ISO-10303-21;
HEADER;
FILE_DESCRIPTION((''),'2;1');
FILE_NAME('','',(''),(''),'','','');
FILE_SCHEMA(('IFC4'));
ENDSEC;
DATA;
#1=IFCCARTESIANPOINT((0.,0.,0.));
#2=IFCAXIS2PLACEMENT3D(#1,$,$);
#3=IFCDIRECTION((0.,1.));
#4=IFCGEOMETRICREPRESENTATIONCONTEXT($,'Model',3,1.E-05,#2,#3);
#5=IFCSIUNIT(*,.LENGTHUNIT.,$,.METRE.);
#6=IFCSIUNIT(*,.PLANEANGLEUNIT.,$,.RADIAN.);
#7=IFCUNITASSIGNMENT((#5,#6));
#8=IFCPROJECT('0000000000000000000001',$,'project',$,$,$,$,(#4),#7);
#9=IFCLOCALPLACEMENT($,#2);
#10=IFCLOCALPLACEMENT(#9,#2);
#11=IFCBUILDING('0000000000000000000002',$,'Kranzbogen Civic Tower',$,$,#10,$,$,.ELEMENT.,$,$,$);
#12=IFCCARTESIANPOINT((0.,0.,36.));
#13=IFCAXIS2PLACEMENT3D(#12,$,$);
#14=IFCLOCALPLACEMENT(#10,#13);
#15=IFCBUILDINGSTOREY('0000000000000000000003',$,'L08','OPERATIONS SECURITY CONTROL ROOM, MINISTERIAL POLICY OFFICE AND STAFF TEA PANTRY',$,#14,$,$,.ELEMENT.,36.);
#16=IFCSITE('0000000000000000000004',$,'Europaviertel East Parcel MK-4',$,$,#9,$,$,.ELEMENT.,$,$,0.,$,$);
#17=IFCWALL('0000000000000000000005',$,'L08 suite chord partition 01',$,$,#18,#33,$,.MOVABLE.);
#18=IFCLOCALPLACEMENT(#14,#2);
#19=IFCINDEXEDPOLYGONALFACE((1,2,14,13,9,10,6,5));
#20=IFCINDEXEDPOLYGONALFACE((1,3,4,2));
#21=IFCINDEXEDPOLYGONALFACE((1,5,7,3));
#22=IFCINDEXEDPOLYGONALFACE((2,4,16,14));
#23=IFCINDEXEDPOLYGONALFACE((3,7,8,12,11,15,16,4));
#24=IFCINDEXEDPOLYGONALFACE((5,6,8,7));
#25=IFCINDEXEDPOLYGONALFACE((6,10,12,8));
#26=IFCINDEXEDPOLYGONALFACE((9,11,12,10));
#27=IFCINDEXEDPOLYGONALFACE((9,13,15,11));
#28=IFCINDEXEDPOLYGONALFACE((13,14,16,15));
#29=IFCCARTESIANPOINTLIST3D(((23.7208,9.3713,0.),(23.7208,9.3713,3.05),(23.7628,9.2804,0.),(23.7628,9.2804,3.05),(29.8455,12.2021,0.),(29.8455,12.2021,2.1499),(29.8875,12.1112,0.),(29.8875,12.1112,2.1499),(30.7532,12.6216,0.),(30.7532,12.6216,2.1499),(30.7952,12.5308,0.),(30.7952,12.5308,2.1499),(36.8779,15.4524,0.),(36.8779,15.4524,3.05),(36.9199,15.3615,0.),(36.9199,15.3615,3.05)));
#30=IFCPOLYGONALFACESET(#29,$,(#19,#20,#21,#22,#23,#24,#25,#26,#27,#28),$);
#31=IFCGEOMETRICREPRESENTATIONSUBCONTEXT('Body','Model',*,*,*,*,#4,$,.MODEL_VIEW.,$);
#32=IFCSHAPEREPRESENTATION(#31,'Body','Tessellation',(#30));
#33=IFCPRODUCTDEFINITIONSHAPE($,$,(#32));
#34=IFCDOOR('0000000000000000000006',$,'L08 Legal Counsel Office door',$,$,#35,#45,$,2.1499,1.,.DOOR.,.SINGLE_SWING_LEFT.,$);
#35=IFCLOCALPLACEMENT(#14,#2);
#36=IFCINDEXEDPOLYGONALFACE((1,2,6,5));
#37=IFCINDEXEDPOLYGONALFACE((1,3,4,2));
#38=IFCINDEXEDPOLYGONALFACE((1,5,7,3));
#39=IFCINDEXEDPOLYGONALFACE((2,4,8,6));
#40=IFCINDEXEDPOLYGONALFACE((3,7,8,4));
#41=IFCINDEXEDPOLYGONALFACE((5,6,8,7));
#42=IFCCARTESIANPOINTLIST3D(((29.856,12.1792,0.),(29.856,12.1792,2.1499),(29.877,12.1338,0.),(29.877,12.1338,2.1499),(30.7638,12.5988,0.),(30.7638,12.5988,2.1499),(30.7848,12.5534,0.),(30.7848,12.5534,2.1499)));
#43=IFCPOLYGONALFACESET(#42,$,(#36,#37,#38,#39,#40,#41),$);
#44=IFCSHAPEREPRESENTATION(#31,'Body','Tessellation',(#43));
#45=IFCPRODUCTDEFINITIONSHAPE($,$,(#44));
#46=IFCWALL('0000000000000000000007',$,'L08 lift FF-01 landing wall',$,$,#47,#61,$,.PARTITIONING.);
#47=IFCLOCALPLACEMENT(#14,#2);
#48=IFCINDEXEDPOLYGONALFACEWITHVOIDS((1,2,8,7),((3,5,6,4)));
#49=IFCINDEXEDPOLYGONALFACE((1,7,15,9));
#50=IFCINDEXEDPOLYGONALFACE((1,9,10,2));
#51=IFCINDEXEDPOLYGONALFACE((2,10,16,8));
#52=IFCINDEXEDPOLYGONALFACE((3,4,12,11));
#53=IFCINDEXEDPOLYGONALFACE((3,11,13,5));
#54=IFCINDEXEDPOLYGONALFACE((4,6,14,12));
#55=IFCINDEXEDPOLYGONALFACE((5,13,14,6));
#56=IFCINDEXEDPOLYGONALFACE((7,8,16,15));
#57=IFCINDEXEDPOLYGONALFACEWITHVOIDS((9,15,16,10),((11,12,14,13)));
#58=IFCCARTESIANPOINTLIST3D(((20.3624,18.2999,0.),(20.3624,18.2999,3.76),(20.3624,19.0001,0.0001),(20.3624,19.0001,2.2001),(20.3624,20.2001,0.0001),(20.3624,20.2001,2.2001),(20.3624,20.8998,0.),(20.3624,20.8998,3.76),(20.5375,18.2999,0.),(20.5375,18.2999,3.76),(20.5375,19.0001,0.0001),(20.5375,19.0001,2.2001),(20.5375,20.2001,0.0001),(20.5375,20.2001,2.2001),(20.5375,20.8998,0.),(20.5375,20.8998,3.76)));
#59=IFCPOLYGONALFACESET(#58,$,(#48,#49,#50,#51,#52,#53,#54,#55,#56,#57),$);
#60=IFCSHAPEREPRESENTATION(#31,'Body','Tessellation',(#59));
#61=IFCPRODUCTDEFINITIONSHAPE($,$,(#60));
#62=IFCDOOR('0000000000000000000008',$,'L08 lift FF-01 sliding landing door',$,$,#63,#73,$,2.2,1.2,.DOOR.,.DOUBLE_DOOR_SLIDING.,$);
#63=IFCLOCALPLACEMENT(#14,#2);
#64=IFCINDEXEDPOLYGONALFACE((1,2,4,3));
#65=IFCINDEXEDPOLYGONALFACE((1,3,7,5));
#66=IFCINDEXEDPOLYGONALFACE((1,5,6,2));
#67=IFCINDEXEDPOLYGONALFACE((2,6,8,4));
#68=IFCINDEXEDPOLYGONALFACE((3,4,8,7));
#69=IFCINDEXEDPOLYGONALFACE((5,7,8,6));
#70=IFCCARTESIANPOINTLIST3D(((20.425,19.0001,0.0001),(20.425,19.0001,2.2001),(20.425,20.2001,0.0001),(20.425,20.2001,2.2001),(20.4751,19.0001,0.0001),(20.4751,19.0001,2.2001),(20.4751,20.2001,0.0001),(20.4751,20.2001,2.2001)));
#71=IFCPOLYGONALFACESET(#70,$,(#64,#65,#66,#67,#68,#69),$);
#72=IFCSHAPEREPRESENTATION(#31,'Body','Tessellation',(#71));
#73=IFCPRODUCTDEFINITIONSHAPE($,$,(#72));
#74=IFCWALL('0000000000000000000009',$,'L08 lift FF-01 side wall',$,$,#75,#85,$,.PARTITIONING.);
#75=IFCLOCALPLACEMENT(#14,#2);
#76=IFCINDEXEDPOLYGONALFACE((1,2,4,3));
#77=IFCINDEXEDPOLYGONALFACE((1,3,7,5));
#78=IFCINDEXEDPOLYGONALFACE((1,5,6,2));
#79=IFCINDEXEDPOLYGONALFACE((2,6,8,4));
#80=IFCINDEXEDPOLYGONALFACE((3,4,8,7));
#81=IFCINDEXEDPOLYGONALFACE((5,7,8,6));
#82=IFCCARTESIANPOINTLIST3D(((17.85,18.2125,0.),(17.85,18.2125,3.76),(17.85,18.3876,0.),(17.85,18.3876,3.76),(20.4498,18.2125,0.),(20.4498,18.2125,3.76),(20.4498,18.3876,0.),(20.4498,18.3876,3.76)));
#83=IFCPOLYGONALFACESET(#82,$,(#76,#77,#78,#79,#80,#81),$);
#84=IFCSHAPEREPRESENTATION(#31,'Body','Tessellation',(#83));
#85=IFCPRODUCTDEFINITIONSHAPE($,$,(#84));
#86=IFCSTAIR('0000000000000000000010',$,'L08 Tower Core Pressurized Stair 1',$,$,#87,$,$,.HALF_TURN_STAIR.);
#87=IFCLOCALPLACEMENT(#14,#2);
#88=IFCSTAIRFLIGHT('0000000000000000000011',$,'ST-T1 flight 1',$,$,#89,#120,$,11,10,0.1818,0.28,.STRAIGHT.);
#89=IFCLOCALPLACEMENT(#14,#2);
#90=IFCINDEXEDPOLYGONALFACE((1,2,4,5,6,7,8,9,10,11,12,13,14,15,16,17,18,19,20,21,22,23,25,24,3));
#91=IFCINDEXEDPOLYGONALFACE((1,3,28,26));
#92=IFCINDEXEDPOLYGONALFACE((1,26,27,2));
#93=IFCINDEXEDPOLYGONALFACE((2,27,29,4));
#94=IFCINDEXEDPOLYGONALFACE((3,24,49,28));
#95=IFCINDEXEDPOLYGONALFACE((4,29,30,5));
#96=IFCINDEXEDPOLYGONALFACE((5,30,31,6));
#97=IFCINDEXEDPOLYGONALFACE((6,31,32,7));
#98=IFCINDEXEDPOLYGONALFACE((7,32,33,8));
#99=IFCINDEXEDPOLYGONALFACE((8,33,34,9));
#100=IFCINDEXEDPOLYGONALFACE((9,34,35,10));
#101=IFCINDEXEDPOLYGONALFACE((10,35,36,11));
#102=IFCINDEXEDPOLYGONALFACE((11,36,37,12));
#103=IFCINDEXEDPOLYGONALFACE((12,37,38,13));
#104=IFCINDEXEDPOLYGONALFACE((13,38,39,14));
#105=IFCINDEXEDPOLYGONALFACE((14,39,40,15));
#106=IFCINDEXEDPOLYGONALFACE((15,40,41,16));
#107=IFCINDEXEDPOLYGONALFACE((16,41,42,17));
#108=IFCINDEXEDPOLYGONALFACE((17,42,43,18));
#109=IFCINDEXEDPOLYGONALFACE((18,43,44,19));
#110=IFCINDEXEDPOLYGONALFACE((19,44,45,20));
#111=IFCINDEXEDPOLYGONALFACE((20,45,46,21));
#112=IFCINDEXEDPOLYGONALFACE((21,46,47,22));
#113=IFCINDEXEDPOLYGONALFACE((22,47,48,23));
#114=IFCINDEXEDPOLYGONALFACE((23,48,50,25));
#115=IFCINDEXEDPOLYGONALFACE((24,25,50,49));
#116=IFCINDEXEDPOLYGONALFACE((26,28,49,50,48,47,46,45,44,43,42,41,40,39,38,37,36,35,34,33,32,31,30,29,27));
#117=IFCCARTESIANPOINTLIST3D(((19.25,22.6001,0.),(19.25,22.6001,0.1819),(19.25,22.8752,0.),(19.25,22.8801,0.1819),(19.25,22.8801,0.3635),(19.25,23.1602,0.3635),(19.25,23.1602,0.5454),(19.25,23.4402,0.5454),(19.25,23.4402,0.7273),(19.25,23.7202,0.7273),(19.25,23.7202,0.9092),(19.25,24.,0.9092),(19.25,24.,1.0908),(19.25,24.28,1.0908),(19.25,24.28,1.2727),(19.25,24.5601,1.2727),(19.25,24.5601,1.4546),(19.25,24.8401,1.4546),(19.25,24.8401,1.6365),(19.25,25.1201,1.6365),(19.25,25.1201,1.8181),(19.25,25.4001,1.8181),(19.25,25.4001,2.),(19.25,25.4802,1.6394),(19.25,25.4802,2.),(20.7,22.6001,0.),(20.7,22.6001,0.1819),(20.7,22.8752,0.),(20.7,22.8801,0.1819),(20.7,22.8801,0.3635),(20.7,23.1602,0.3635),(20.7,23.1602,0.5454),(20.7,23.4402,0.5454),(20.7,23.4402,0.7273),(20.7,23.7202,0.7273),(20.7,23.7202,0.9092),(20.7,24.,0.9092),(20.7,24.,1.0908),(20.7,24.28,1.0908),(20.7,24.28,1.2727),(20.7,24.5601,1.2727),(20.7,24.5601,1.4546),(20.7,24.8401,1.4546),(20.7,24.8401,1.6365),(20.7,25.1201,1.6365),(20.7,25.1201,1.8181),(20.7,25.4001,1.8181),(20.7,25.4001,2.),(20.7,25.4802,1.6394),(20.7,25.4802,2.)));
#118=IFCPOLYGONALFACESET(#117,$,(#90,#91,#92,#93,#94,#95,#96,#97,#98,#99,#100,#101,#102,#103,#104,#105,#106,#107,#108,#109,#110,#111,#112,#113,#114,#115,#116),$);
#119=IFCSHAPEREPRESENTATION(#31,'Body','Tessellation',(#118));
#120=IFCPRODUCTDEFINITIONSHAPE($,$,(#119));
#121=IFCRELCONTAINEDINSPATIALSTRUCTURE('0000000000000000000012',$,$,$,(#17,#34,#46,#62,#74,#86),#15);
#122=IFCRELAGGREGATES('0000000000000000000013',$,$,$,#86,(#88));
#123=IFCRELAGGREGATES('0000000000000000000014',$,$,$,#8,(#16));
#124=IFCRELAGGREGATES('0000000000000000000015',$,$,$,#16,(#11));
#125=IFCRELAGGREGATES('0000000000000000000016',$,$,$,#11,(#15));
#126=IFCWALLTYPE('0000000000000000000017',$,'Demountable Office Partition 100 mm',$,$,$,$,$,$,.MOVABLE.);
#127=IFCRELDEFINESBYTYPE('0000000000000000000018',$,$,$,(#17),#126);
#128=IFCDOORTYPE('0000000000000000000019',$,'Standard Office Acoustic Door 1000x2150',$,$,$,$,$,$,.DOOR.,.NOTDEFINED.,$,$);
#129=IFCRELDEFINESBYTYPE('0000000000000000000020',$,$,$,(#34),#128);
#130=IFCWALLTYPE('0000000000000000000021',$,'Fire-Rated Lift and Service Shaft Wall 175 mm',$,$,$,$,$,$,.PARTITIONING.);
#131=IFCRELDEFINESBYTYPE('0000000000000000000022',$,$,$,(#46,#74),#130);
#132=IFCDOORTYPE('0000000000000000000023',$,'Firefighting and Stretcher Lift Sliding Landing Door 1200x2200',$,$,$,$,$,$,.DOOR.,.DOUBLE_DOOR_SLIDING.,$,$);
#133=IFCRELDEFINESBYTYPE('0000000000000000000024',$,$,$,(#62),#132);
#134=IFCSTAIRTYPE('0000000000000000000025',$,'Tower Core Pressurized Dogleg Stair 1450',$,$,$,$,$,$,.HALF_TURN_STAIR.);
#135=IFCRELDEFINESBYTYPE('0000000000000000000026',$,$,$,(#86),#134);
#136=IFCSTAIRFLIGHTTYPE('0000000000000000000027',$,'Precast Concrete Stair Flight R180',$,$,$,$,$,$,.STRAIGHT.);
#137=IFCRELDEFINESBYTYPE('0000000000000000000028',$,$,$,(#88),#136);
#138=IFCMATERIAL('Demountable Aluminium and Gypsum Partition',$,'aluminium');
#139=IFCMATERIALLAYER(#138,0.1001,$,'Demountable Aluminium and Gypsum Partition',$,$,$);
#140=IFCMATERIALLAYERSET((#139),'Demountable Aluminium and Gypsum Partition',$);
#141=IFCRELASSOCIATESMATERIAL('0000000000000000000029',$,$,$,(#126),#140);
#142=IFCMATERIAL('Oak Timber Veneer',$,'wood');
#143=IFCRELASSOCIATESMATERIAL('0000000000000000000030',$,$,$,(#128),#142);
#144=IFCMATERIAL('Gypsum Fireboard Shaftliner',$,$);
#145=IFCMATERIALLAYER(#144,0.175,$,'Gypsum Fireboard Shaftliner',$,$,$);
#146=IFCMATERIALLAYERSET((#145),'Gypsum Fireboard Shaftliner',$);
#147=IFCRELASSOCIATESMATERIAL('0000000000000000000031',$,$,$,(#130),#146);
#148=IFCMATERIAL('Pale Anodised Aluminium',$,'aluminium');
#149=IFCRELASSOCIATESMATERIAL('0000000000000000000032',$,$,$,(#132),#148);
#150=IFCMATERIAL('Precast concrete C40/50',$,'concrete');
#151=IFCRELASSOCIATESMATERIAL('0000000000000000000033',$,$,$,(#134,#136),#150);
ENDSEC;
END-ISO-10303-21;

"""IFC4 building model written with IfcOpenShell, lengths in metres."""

from ifc_helpers import new_model, si_unit, direction, frame, frame_2d, origin, place, context, subcontext, project, spatial, polyline, rectangle, outline, extrude, material, layer, layer_set, type_object, element, fill, aggregate, save


model = new_model("IFC4")

# Units and contexts
model_context = context("Model", 3, precision=1e-05, world=origin(), true_north=direction((0.0, 1.0)))
body_context = subcontext(model_context, "Body", "Model", "MODEL_VIEW")
ifc_project = project(units=[si_unit("LENGTHUNIT", "METRE"), si_unit("PLANEANGLEUNIT", "RADIAN")], contexts=[model_context])

# Site, building, storey
site_placement = place(None, origin())
site = spatial("IfcSite", under=ifc_project, at=site_placement, Name="Europaviertel East Parcel MK-4", CompositionType="ELEMENT", RefElevation=0.0)
building_placement = place(site_placement, origin())
building = spatial("IfcBuilding", under=site, at=building_placement, Name="Kranzbogen Civic Tower", CompositionType="ELEMENT")
storey_placement = place(building_placement, frame((0.0, 0.0, 36.0)))
storey = spatial("IfcBuildingStorey", under=building, at=storey_placement, Name="L08", Description="OPERATIONS SECURITY CONTROL ROOM, MINISTERIAL POLICY OFFICE AND STAFF TEA PANTRY", CompositionType="ELEMENT", Elevation=36.0)

# Shared definitions
ifc_material_1 = material(Name="Pale Anodised Aluminium", Category="aluminium")

# Shared definitions
ifc_material_2 = material(Name="Demountable Aluminium and Gypsum Partition", Category="aluminium")
ifc_layer_1 = layer(ifc_material_2, 0.1001, Name="Demountable Aluminium and Gypsum Partition")
ifc_layer_set_1 = layer_set([ifc_layer_1], Name="Demountable Aluminium and Gypsum Partition")
wall_type_1 = type_object("IfcWallType", Name="Demountable Office Partition 100 mm", PredefinedType="MOVABLE", material=ifc_layer_set_1)

# Walls, openings, doors
wall_1_placement = place(storey_placement, frame((23.7419, 9.3259, 0.0), z_axis=(0.0, 0.0, 1.0), x_axis=(0.907733, 0.419547, 0.0)))
wall_1 = element("IfcWall", 1, at=wall_1_placement, inside=storey, type_object=wall_type_1, Name="L08 suite chord partition 01", PredefinedType="MOVABLE", context=body_context, shape_type="SweptSolid", body=[
    extrude(rectangle(XDim=14.4944, YDim=0.1001, at=frame_2d((7.2471, 0.0))), origin(), (0.0, 0.0, 1.0), 3.05),
])
opening_1_placement = place(wall_1_placement, frame((6.7471, 0.0, 0.0)))
opening_1 = element("IfcOpeningElement", 2, at=opening_1_placement, cuts=wall_1, PredefinedType="OPENING", context=body_context, shape_type="SweptSolid", body=[
    extrude(rectangle(XDim=1.0, YDim=2.1499, at=frame_2d((0.5, 1.075))), frame((0.0, 0.0601, 0.0), z_axis=(0.0, -1.0, 0.0), x_axis=(1.0, 0.0, 0.0)), (0.0, 0.0, 1.0), 0.1201),
])
ifc_material_3 = material(Name="Oak Timber Veneer", Category="wood")
door_type_1 = type_object("IfcDoorType", Name="Standard Office Acoustic Door 1000x2150", OperationType="NOTDEFINED", PredefinedType="DOOR", material=ifc_material_3)
door_1_placement = place(opening_1_placement, origin())
door_1 = element("IfcDoor", 3, at=door_1_placement, inside=storey, type_object=door_type_1, Name="L08 Legal Counsel Office door", OperationType="SINGLE_SWING_LEFT", OverallHeight=2.1499, OverallWidth=1.0, PredefinedType="DOOR", context=body_context, shape_type="SweptSolid", body=[
    extrude(rectangle(XDim=1.0, YDim=2.1499, at=frame_2d((0.5, 1.075))), frame((0.0, 0.0249, 0.0), z_axis=(0.0, -1.0, 0.0), x_axis=(1.0, 0.0, 0.0)), (0.0, 0.0, 1.0), 0.05),
])
fill(opening_1, door_1)
ifc_material_4 = material(Name="Gypsum Fireboard Shaftliner")
ifc_layer_2 = layer(ifc_material_4, 0.175, Name="Gypsum Fireboard Shaftliner")
ifc_layer_set_2 = layer_set([ifc_layer_2], Name="Gypsum Fireboard Shaftliner")
wall_type_2 = type_object("IfcWallType", Name="Fire-Rated Lift and Service Shaft Wall 175 mm", PredefinedType="PARTITIONING", material=ifc_layer_set_2)
wall_2_placement = place(storey_placement, frame((20.45, 18.3, 0.0), z_axis=(0.0, 0.0, 1.0), x_axis=(0.0, 1.0, 0.0)))
wall_2 = element("IfcWall", 4, at=wall_2_placement, inside=storey, type_object=wall_type_2, Name="L08 lift FF-01 landing wall", PredefinedType="PARTITIONING", context=body_context, shape_type="SweptSolid", body=[
    extrude(rectangle(XDim=2.5999, YDim=0.175, at=frame_2d((1.2998, 0.0))), origin(), (0.0, 0.0, 1.0), 3.76),
])
opening_2_placement = place(wall_2_placement, frame((0.7, 0.0, 0.0)))
opening_2 = element("IfcOpeningElement", 5, at=opening_2_placement, cuts=wall_2, PredefinedType="OPENING", context=body_context, shape_type="SweptSolid", body=[
    extrude(rectangle(XDim=1.2, YDim=2.2, at=frame_2d((0.6001, 1.1001))), frame((0.0, 0.0977, 0.0), z_axis=(0.0, -1.0, 0.0), x_axis=(1.0, 0.0, 0.0)), (0.0, 0.0, 1.0), 0.1951),
])
door_type_2 = type_object("IfcDoorType", Name="Firefighting and Stretcher Lift Sliding Landing Door 1200x2200", OperationType="DOUBLE_DOOR_SLIDING", PredefinedType="DOOR", material=ifc_material_1)
door_2_placement = place(opening_2_placement, origin())
door_2 = element("IfcDoor", 6, at=door_2_placement, inside=storey, type_object=door_type_2, Name="L08 lift FF-01 sliding landing door", OperationType="DOUBLE_DOOR_SLIDING", OverallHeight=2.2, OverallWidth=1.2, PredefinedType="DOOR", context=body_context, shape_type="SweptSolid", body=[
    extrude(rectangle(XDim=1.2, YDim=2.2, at=frame_2d((0.6001, 1.1001))), frame((0.0, 0.0249, 0.0), z_axis=(0.0, -1.0, 0.0), x_axis=(1.0, 0.0, 0.0)), (0.0, 0.0, 1.0), 0.05),
])
fill(opening_2, door_2)

# Wall
wall_3_placement = place(storey_placement, frame((17.8501, 18.3, 0.0), z_axis=(0.0, 0.0, 1.0), x_axis=(1.0, 0.0, 0.0)))
element("IfcWall", 7, at=wall_3_placement, inside=storey, type_object=wall_type_2, Name="L08 lift FF-01 side wall", PredefinedType="PARTITIONING", context=body_context, shape_type="SweptSolid", body=[
    extrude(rectangle(XDim=2.5999, YDim=0.175, at=frame_2d((1.2998, 0.0))), origin(), (0.0, 0.0, 1.0), 3.76),
])

# Stair, stair flight
ifc_material_5 = material(Name="Precast concrete C40/50", Category="concrete")
stair_type = type_object("IfcStairType", Name="Tower Core Pressurized Dogleg Stair 1450", PredefinedType="HALF_TURN_STAIR", material=ifc_material_5)
stair_placement = place(storey_placement, origin())
stair = element("IfcStair", 8, at=stair_placement, inside=storey, type_object=stair_type, Name="L08 Tower Core Pressurized Stair 1", PredefinedType="HALF_TURN_STAIR")
stair_flight_type = type_object("IfcStairFlightType", Name="Precast Concrete Stair Flight R180", PredefinedType="STRAIGHT", material=ifc_material_5)
stair_flight_placement = place(storey_placement, frame((19.9751, 22.6001, 0.0), z_axis=(0.0, 0.0, 1.0), x_axis=(0.0, 1.0, 0.0)))
stair_flight = element("IfcStairFlight", 9, at=stair_flight_placement, type_object=stair_flight_type, Name="ST-T1 flight 1", NumberOfRisers=11, NumberOfTreads=10, PredefinedType="STRAIGHT", RiserHeight=0.1818, TreadLength=0.28, context=body_context, shape_type="SweptSolid", body=[
    extrude(outline(polyline([(0.0, 0.0), (0.0, 0.1819), (0.28, 0.1819), (0.28, 0.3635), (0.5601, 0.3635), (0.5601, 0.5454), (0.8401, 0.5454), (0.8401, 0.7273), (1.1201, 0.7273), (1.1201, 0.9092), (1.3999, 0.9092), (1.3999, 1.0908), (1.6799, 1.0908), (1.6799, 1.2727), (1.96, 1.2727), (1.96, 1.4546), (2.24, 1.4546), (2.24, 1.6365), (2.52, 1.6365), (2.52, 1.8181), (2.8, 1.8181), (2.8, 2.0), (2.8801, 2.0), (2.8801, 1.6394), (0.2751, 0.0), (0.0, 0.0)])), frame((0.0, 0.7251, 0.0), z_axis=(0.0, -1.0, 0.0), x_axis=(1.0, 0.0, 0.0)), (0.0, 0.0, 1.0), 1.45),
])
aggregate(stair, [stair_flight])

save(model, "model.ifc")
